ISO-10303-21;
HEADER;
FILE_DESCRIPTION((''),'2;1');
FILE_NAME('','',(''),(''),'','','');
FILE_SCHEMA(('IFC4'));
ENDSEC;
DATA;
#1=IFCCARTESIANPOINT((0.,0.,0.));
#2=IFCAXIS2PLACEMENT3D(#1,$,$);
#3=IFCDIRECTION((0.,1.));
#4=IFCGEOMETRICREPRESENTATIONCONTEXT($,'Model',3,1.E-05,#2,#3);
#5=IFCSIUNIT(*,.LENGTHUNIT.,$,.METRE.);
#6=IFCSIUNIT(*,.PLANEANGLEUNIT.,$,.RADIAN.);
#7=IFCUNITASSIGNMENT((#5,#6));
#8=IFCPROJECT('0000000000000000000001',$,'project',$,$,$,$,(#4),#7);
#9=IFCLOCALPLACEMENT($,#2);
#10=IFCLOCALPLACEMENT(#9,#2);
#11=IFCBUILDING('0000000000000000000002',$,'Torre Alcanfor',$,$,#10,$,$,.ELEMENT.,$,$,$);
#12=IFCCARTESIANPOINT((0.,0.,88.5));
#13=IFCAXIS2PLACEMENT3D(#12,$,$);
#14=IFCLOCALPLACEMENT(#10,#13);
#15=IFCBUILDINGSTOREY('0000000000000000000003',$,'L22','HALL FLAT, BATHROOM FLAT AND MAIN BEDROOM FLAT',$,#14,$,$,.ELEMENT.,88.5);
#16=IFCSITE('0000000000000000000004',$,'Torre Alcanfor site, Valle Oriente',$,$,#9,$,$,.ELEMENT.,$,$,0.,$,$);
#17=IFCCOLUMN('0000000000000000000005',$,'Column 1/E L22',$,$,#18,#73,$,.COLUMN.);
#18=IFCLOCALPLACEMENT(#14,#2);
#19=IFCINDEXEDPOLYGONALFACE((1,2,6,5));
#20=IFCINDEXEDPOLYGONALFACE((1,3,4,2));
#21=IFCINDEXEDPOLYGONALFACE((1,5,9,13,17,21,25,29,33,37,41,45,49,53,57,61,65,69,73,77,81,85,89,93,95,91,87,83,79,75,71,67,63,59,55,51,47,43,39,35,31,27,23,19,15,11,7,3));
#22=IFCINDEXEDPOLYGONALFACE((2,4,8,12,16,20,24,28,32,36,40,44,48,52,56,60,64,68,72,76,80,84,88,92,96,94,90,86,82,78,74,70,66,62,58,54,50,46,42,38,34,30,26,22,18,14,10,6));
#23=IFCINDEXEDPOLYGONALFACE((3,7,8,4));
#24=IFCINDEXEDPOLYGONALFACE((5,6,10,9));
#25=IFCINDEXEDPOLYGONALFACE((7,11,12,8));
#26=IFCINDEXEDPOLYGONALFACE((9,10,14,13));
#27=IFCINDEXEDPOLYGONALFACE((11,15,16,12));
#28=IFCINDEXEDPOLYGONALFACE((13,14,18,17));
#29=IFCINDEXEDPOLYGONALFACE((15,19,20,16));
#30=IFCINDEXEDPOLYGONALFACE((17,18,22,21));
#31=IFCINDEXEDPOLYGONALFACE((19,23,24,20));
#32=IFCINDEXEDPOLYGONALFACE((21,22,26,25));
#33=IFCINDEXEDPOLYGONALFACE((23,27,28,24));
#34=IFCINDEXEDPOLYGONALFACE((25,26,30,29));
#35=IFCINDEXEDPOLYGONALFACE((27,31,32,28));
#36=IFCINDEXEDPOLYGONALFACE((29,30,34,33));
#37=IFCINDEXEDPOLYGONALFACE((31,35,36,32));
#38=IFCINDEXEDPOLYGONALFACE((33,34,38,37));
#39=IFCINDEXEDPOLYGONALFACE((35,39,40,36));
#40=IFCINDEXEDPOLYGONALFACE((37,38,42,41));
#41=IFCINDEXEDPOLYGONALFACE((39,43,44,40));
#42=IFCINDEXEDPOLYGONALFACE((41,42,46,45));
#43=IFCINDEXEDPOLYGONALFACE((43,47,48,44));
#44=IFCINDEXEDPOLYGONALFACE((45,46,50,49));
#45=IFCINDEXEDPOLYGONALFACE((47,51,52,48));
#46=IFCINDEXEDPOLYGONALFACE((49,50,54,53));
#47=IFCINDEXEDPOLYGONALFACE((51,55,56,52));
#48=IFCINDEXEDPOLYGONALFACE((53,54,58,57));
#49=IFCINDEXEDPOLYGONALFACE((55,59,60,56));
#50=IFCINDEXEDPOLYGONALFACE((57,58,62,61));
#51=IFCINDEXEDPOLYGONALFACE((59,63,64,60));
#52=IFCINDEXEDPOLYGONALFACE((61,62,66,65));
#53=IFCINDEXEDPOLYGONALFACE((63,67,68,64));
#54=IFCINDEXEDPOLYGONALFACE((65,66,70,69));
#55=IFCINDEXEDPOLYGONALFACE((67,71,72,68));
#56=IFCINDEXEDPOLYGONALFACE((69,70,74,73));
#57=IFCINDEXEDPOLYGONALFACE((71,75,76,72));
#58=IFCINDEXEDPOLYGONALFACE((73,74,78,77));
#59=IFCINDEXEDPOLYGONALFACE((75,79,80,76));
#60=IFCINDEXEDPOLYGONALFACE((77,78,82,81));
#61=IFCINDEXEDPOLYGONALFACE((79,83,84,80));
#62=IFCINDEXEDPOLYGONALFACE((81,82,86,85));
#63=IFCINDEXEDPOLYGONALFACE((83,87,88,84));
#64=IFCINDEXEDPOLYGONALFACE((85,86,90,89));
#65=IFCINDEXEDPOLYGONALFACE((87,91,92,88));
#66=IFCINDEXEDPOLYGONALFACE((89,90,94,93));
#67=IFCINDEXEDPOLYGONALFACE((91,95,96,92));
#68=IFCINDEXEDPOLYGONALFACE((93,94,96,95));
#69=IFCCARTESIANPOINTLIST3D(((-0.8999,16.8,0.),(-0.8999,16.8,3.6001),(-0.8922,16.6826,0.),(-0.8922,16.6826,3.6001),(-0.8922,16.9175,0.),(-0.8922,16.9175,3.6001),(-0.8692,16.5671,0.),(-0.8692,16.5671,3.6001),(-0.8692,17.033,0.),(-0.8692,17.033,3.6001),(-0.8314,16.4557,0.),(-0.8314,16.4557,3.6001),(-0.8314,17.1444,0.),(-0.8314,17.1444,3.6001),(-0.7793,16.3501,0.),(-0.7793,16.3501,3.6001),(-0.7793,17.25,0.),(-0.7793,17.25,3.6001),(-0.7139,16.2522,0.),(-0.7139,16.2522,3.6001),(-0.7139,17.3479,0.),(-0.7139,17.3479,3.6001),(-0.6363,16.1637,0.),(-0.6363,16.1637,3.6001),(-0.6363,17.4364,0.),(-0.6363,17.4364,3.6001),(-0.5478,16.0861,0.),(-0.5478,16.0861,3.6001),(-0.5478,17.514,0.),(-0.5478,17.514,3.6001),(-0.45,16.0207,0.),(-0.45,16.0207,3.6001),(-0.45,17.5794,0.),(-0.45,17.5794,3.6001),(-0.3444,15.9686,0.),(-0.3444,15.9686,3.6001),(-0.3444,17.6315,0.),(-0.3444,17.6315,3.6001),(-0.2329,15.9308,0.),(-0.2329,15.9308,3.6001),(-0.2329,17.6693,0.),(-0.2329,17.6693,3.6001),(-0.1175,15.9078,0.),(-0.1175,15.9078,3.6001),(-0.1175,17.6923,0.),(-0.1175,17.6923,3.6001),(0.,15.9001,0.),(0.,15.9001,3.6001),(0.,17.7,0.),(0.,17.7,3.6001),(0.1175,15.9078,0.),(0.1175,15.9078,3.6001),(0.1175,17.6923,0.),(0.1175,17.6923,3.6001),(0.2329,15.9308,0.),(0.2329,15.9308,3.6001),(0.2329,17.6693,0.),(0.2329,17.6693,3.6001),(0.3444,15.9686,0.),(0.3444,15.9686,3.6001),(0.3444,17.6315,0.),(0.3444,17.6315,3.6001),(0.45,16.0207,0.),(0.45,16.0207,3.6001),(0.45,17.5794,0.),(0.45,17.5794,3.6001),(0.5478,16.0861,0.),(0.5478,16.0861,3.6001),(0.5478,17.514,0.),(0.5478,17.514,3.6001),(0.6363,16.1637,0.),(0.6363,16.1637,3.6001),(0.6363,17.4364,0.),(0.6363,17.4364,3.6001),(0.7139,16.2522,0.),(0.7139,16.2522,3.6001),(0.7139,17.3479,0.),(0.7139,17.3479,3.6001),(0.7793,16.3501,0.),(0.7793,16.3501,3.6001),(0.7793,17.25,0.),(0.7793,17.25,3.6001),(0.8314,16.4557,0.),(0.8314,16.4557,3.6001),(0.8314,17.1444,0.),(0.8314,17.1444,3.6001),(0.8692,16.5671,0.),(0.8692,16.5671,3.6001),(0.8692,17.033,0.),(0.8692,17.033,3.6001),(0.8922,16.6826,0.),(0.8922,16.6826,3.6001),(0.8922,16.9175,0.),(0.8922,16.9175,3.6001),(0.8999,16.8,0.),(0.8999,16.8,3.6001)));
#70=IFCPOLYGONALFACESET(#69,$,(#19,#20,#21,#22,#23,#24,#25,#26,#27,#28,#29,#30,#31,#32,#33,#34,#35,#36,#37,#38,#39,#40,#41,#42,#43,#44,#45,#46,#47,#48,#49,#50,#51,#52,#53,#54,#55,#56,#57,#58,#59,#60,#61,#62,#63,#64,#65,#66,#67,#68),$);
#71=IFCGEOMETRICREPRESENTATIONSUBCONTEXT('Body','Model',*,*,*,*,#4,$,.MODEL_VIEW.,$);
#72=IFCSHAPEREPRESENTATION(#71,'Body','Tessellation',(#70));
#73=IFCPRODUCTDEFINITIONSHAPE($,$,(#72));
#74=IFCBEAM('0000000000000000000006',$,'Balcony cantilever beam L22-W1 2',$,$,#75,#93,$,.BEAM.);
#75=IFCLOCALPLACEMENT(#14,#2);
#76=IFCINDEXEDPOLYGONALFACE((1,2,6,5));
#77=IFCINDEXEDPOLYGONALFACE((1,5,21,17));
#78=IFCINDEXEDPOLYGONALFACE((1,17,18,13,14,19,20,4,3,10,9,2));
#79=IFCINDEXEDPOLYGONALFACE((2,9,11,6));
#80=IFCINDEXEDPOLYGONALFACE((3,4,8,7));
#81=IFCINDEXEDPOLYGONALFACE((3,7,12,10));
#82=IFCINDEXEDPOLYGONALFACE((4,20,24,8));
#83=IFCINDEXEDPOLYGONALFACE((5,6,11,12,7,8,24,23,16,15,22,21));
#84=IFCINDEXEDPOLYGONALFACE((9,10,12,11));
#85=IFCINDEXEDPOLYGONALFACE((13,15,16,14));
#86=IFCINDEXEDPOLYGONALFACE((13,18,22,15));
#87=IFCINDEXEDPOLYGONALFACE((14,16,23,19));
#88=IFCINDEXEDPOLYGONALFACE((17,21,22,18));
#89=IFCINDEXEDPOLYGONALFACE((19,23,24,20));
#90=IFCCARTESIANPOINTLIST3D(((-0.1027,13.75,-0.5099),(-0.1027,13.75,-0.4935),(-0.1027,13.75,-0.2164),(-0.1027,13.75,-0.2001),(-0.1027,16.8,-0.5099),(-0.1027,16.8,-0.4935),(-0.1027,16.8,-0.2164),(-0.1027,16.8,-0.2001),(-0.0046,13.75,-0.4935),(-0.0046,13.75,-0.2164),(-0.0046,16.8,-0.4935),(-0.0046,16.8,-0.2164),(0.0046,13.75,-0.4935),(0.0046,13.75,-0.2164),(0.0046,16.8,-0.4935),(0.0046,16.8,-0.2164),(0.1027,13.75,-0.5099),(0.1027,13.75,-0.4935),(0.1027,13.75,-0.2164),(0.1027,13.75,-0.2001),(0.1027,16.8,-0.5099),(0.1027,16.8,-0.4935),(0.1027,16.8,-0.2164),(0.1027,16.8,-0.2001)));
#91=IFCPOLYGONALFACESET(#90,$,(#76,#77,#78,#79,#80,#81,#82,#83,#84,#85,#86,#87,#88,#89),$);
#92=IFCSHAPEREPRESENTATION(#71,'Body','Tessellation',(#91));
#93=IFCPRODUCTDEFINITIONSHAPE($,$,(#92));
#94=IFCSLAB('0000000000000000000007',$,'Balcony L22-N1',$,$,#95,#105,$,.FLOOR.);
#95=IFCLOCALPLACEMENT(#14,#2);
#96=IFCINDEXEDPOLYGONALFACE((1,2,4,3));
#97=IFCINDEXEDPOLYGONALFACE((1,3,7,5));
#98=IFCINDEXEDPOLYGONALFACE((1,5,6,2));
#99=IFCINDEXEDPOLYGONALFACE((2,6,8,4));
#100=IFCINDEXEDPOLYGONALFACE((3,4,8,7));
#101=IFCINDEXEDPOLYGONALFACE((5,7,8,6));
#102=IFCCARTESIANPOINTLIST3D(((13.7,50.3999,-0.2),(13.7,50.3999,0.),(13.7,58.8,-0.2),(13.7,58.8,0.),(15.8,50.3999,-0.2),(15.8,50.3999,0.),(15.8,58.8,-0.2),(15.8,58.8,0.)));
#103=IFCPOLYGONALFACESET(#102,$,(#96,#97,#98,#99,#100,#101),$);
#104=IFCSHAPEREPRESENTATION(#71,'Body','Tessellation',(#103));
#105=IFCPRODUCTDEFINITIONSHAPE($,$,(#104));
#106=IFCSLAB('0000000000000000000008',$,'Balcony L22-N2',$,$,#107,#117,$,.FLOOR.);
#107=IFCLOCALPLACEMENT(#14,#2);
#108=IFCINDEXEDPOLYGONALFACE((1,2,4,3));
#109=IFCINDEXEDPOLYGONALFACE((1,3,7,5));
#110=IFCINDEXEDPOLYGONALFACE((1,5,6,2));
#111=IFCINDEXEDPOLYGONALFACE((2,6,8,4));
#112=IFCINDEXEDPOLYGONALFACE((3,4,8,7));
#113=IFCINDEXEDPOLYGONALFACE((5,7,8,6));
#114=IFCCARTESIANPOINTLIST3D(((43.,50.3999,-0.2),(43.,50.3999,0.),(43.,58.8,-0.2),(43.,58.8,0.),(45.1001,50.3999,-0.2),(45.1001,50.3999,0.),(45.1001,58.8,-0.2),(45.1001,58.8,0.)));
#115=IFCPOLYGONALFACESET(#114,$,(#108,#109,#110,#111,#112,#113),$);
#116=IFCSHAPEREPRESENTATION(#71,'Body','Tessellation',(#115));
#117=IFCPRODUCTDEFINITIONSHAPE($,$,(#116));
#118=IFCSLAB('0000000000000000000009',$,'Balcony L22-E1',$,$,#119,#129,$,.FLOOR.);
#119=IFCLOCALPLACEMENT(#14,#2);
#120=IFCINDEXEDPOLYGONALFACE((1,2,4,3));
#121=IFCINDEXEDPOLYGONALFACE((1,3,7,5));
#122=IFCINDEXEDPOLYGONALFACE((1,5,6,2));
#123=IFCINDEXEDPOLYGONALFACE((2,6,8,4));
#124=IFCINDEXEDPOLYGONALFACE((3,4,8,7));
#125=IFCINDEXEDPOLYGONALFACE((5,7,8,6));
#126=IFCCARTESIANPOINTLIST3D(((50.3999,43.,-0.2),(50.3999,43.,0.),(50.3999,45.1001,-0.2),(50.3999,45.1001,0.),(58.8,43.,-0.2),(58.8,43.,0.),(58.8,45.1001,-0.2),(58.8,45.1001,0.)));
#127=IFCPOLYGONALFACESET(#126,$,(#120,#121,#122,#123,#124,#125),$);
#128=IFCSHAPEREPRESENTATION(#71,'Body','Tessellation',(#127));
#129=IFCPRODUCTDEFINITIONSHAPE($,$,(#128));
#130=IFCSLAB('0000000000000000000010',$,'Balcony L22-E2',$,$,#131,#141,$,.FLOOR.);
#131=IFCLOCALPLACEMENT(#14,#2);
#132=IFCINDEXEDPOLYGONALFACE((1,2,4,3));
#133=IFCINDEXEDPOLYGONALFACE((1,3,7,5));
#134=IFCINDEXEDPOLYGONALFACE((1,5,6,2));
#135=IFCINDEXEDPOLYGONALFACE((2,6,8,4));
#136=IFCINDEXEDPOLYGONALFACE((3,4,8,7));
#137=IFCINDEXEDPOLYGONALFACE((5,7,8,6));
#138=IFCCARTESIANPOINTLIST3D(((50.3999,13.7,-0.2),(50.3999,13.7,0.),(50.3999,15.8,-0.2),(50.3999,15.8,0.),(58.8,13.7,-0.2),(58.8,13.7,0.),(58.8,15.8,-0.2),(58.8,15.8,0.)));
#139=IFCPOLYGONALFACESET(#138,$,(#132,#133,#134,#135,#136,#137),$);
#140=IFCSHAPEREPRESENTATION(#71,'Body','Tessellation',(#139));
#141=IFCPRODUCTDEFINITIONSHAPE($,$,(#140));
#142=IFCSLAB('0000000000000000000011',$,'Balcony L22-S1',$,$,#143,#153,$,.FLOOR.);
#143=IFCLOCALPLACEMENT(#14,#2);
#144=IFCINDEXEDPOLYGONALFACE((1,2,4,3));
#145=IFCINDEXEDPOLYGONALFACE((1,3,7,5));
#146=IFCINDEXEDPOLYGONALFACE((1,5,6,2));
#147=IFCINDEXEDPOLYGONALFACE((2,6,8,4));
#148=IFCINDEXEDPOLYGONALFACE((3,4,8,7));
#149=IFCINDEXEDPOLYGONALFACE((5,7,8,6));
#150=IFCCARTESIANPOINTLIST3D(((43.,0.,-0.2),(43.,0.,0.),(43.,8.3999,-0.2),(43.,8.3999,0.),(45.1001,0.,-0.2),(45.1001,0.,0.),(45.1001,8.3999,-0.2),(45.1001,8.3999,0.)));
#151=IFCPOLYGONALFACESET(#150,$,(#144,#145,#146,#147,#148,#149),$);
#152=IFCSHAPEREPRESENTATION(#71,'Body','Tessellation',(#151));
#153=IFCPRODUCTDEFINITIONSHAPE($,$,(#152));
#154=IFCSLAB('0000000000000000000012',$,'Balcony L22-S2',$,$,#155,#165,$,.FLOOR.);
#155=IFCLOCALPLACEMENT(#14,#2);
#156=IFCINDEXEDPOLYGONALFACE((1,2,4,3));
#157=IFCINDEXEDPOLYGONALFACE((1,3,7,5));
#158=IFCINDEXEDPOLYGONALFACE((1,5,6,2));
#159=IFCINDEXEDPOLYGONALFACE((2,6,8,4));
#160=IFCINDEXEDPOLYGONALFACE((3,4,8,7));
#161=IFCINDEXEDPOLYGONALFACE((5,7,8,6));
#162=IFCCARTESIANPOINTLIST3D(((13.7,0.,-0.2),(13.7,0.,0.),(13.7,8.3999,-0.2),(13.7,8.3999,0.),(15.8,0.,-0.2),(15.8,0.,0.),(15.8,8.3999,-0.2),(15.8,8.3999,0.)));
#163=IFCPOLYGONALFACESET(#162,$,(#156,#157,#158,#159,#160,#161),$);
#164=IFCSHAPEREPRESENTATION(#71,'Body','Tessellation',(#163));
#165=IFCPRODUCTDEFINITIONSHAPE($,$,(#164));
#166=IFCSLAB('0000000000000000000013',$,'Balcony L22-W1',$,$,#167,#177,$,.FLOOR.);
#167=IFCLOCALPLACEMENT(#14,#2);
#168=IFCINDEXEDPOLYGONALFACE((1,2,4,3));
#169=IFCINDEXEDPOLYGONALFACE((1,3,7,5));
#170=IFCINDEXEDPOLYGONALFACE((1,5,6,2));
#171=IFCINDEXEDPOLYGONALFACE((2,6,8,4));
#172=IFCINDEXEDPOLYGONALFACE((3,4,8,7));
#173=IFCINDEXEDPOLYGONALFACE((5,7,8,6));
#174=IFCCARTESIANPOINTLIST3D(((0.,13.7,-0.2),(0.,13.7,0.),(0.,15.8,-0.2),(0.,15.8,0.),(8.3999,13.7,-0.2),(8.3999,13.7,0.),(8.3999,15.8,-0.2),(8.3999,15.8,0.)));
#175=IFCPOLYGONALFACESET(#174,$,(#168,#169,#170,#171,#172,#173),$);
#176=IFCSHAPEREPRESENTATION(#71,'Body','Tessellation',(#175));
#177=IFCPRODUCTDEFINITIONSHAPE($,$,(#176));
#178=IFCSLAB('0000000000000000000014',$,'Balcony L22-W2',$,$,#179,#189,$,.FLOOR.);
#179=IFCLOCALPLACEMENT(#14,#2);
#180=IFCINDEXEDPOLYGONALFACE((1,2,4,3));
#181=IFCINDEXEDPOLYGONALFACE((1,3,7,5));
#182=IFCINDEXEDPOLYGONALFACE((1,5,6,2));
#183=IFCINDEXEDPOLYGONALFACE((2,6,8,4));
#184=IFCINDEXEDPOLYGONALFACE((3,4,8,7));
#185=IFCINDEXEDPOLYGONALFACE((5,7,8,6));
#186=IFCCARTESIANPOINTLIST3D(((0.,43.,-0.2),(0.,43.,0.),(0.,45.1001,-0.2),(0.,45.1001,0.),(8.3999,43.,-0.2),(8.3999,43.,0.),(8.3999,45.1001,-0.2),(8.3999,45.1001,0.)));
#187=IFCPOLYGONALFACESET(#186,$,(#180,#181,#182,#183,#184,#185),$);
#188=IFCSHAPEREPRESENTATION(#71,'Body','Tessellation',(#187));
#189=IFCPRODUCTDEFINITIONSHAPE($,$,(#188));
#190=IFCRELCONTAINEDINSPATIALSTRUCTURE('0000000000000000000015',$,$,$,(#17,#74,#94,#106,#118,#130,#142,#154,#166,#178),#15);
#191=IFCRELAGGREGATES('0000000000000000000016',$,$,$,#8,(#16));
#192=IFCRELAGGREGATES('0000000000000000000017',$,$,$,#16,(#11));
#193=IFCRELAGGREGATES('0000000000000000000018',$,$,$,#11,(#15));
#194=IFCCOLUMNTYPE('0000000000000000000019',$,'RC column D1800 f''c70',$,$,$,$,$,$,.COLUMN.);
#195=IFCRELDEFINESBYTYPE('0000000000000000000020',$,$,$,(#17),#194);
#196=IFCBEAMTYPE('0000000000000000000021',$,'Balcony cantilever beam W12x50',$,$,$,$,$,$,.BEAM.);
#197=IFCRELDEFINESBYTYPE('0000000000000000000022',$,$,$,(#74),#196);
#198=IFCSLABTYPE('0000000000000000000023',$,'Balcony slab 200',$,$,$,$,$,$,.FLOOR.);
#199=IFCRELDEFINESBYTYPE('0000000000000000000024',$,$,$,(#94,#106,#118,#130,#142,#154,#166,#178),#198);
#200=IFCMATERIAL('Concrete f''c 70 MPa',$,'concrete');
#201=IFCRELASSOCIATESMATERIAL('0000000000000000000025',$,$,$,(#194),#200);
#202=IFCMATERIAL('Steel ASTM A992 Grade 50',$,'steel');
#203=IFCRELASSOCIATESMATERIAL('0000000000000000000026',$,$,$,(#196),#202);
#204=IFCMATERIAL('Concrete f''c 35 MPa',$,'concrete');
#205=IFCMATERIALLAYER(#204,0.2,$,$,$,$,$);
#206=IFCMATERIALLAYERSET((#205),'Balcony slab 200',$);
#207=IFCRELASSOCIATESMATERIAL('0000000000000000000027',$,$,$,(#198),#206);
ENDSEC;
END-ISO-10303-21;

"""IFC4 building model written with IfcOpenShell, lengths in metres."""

from ifc_helpers import new_model, si_unit, direction, frame, origin, origin_2d, place, context, subcontext, project, spatial, polyline, circle, i_section, outline, extrude, material, layer, layer_set, material_profile, profile_set, type_object, element, save


model = new_model("IFC4")

# Units and contexts
model_context = context("Model", 3, precision=1e-05, world=origin(), true_north=direction((0.0, 1.0)))
body_context = subcontext(model_context, "Body", "Model", "MODEL_VIEW")
ifc_project = project(units=[si_unit("LENGTHUNIT", "METRE"), si_unit("PLANEANGLEUNIT", "RADIAN")], contexts=[model_context])

# Site, building, storey
site_placement = place(None, origin())
site = spatial("IfcSite", under=ifc_project, at=site_placement, Name="Torre Alcanfor site, Valle Oriente", CompositionType="ELEMENT", RefElevation=0.0)
building_placement = place(site_placement, origin())
building = spatial("IfcBuilding", under=site, at=building_placement, Name="Torre Alcanfor", CompositionType="ELEMENT")
storey_placement = place(building_placement, frame((0.0, 0.0, 88.5)))
storey = spatial("IfcBuildingStorey", under=building, at=storey_placement, Name="L22", Description="HALL FLAT, BATHROOM FLAT AND MAIN BEDROOM FLAT", CompositionType="ELEMENT", Elevation=88.5)

# Column
ifc_material_1 = material(Name="Concrete f'c 70 MPa", Category="concrete")
ifc_material_profile_1 = material_profile(ifc_material_1, circle(Radius=0.8999, at=origin_2d()), Name="D1800")
ifc_profile_set_1 = profile_set([ifc_material_profile_1], Name="Concrete f'c 70 MPa")
column_type = type_object("IfcColumnType", Name="RC column D1800 f'c70", PredefinedType="COLUMN", material=ifc_profile_set_1)
column_placement = place(storey_placement, frame((0.0, 16.8, 0.0), z_axis=(0.0, 0.0, 1.0), x_axis=(1.0, 0.0, 0.0)))
element("IfcColumn", 1, at=column_placement, inside=storey, type_object=column_type, Name="Column 1/E L22", PredefinedType="COLUMN", context=body_context, shape_type="SweptSolid", body=[
    extrude(circle(Radius=0.8999, at=origin_2d()), origin(), (0.0, 0.0, 1.0), 3.6001),
])

# Beam
ifc_material_2 = material(Name="Steel ASTM A992 Grade 50", Category="steel")
ifc_material_profile_2 = material_profile(ifc_material_2, i_section(OverallWidth=0.2053, OverallDepth=0.3098, WebThickness=0.0093, FlangeThickness=0.0164, at=origin_2d()), Name="W12x50")
ifc_profile_set_2 = profile_set([ifc_material_profile_2], Name="Steel ASTM A992 Grade 50")
beam_type = type_object("IfcBeamType", Name="Balcony cantilever beam W12x50", PredefinedType="BEAM", material=ifc_profile_set_2)
beam_placement = place(storey_placement, frame((0.0, 16.8, -0.355), z_axis=(0.0, -1.0, 0.0), x_axis=(1.0, 0.0, 0.0)))
element("IfcBeam", 2, at=beam_placement, inside=storey, type_object=beam_type, Name="Balcony cantilever beam L22-W1 2", PredefinedType="BEAM", context=body_context, shape_type="SweptSolid", body=[
    extrude(i_section(OverallWidth=0.2053, OverallDepth=0.3098, WebThickness=0.0093, FlangeThickness=0.0164, at=origin_2d()), origin(), (0.0, 0.0, 1.0), 3.05),
])

# Slabs
ifc_material_3 = material(Name="Concrete f'c 35 MPa", Category="concrete")
ifc_layer_1 = layer(ifc_material_3, 0.2)
ifc_layer_set_1 = layer_set([ifc_layer_1], Name="Balcony slab 200")
slab_type_1 = type_object("IfcSlabType", Name="Balcony slab 200", PredefinedType="FLOOR", material=ifc_layer_set_1)
slab_1_placement = place(storey_placement, frame((0.0, 0.0, -0.2)))
element("IfcSlab", 3, at=slab_1_placement, inside=storey, type_object=slab_type_1, Name="Balcony L22-N1", PredefinedType="FLOOR", context=body_context, shape_type="SweptSolid", body=[
    extrude(outline(polyline([(15.8, 50.3999), (15.8, 58.8), (13.7, 58.8), (13.7, 50.3999), (15.8, 50.3999)])), origin(), (0.0, 0.0, 1.0), 0.2),
])
slab_2_placement = place(storey_placement, frame((0.0, 0.0, -0.2)))
element("IfcSlab", 4, at=slab_2_placement, inside=storey, type_object=slab_type_1, Name="Balcony L22-N2", PredefinedType="FLOOR", context=body_context, shape_type="SweptSolid", body=[
    extrude(outline(polyline([(45.1001, 50.3999), (45.1001, 58.8), (43.0, 58.8), (43.0, 50.3999), (45.1001, 50.3999)])), origin(), (0.0, 0.0, 1.0), 0.2),
])
slab_3_placement = place(storey_placement, frame((0.0, 0.0, -0.2)))
element("IfcSlab", 5, at=slab_3_placement, inside=storey, type_object=slab_type_1, Name="Balcony L22-E1", PredefinedType="FLOOR", context=body_context, shape_type="SweptSolid", body=[
    extrude(outline(polyline([(50.3999, 43.0), (58.8, 43.0), (58.8, 45.1001), (50.3999, 45.1001), (50.3999, 43.0)])), origin(), (0.0, 0.0, 1.0), 0.2),
])
slab_4_placement = place(storey_placement, frame((0.0, 0.0, -0.2)))
element("IfcSlab", 6, at=slab_4_placement, inside=storey, type_object=slab_type_1, Name="Balcony L22-E2", PredefinedType="FLOOR", context=body_context, shape_type="SweptSolid", body=[
    extrude(outline(polyline([(50.3999, 13.7), (58.8, 13.7), (58.8, 15.8), (50.3999, 15.8), (50.3999, 13.7)])), origin(), (0.0, 0.0, 1.0), 0.2),
])
slab_5_placement = place(storey_placement, frame((0.0, 0.0, -0.2)))
element("IfcSlab", 7, at=slab_5_placement, inside=storey, type_object=slab_type_1, Name="Balcony L22-S1", PredefinedType="FLOOR", context=body_context, shape_type="SweptSolid", body=[
    extrude(outline(polyline([(43.0, 8.3999), (43.0, 0.0), (45.1001, 0.0), (45.1001, 8.3999), (43.0, 8.3999)])), origin(), (0.0, 0.0, 1.0), 0.2),
])
slab_6_placement = place(storey_placement, frame((0.0, 0.0, -0.2)))
element("IfcSlab", 8, at=slab_6_placement, inside=storey, type_object=slab_type_1, Name="Balcony L22-S2", PredefinedType="FLOOR", context=body_context, shape_type="SweptSolid", body=[
    extrude(outline(polyline([(13.7, 8.3999), (13.7, 0.0), (15.8, 0.0), (15.8, 8.3999), (13.7, 8.3999)])), origin(), (0.0, 0.0, 1.0), 0.2),
])
slab_7_placement = place(storey_placement, frame((0.0, 0.0, -0.2)))
element("IfcSlab", 9, at=slab_7_placement, inside=storey, type_object=slab_type_1, Name="Balcony L22-W1", PredefinedType="FLOOR", context=body_context, shape_type="SweptSolid", body=[
    extrude(outline(polyline([(8.3999, 15.8), (0.0, 15.8), (0.0, 13.7), (8.3999, 13.7), (8.3999, 15.8)])), origin(), (0.0, 0.0, 1.0), 0.2),
])
slab_8_placement = place(storey_placement, frame((0.0, 0.0, -0.2)))
element("IfcSlab", 10, at=slab_8_placement, inside=storey, type_object=slab_type_1, Name="Balcony L22-W2", PredefinedType="FLOOR", context=body_context, shape_type="SweptSolid", body=[
    extrude(outline(polyline([(8.3999, 45.1001), (0.0, 45.1001), (0.0, 43.0), (8.3999, 43.0), (8.3999, 45.1001)])), origin(), (0.0, 0.0, 1.0), 0.2),
])

save(model, "model.ifc")
